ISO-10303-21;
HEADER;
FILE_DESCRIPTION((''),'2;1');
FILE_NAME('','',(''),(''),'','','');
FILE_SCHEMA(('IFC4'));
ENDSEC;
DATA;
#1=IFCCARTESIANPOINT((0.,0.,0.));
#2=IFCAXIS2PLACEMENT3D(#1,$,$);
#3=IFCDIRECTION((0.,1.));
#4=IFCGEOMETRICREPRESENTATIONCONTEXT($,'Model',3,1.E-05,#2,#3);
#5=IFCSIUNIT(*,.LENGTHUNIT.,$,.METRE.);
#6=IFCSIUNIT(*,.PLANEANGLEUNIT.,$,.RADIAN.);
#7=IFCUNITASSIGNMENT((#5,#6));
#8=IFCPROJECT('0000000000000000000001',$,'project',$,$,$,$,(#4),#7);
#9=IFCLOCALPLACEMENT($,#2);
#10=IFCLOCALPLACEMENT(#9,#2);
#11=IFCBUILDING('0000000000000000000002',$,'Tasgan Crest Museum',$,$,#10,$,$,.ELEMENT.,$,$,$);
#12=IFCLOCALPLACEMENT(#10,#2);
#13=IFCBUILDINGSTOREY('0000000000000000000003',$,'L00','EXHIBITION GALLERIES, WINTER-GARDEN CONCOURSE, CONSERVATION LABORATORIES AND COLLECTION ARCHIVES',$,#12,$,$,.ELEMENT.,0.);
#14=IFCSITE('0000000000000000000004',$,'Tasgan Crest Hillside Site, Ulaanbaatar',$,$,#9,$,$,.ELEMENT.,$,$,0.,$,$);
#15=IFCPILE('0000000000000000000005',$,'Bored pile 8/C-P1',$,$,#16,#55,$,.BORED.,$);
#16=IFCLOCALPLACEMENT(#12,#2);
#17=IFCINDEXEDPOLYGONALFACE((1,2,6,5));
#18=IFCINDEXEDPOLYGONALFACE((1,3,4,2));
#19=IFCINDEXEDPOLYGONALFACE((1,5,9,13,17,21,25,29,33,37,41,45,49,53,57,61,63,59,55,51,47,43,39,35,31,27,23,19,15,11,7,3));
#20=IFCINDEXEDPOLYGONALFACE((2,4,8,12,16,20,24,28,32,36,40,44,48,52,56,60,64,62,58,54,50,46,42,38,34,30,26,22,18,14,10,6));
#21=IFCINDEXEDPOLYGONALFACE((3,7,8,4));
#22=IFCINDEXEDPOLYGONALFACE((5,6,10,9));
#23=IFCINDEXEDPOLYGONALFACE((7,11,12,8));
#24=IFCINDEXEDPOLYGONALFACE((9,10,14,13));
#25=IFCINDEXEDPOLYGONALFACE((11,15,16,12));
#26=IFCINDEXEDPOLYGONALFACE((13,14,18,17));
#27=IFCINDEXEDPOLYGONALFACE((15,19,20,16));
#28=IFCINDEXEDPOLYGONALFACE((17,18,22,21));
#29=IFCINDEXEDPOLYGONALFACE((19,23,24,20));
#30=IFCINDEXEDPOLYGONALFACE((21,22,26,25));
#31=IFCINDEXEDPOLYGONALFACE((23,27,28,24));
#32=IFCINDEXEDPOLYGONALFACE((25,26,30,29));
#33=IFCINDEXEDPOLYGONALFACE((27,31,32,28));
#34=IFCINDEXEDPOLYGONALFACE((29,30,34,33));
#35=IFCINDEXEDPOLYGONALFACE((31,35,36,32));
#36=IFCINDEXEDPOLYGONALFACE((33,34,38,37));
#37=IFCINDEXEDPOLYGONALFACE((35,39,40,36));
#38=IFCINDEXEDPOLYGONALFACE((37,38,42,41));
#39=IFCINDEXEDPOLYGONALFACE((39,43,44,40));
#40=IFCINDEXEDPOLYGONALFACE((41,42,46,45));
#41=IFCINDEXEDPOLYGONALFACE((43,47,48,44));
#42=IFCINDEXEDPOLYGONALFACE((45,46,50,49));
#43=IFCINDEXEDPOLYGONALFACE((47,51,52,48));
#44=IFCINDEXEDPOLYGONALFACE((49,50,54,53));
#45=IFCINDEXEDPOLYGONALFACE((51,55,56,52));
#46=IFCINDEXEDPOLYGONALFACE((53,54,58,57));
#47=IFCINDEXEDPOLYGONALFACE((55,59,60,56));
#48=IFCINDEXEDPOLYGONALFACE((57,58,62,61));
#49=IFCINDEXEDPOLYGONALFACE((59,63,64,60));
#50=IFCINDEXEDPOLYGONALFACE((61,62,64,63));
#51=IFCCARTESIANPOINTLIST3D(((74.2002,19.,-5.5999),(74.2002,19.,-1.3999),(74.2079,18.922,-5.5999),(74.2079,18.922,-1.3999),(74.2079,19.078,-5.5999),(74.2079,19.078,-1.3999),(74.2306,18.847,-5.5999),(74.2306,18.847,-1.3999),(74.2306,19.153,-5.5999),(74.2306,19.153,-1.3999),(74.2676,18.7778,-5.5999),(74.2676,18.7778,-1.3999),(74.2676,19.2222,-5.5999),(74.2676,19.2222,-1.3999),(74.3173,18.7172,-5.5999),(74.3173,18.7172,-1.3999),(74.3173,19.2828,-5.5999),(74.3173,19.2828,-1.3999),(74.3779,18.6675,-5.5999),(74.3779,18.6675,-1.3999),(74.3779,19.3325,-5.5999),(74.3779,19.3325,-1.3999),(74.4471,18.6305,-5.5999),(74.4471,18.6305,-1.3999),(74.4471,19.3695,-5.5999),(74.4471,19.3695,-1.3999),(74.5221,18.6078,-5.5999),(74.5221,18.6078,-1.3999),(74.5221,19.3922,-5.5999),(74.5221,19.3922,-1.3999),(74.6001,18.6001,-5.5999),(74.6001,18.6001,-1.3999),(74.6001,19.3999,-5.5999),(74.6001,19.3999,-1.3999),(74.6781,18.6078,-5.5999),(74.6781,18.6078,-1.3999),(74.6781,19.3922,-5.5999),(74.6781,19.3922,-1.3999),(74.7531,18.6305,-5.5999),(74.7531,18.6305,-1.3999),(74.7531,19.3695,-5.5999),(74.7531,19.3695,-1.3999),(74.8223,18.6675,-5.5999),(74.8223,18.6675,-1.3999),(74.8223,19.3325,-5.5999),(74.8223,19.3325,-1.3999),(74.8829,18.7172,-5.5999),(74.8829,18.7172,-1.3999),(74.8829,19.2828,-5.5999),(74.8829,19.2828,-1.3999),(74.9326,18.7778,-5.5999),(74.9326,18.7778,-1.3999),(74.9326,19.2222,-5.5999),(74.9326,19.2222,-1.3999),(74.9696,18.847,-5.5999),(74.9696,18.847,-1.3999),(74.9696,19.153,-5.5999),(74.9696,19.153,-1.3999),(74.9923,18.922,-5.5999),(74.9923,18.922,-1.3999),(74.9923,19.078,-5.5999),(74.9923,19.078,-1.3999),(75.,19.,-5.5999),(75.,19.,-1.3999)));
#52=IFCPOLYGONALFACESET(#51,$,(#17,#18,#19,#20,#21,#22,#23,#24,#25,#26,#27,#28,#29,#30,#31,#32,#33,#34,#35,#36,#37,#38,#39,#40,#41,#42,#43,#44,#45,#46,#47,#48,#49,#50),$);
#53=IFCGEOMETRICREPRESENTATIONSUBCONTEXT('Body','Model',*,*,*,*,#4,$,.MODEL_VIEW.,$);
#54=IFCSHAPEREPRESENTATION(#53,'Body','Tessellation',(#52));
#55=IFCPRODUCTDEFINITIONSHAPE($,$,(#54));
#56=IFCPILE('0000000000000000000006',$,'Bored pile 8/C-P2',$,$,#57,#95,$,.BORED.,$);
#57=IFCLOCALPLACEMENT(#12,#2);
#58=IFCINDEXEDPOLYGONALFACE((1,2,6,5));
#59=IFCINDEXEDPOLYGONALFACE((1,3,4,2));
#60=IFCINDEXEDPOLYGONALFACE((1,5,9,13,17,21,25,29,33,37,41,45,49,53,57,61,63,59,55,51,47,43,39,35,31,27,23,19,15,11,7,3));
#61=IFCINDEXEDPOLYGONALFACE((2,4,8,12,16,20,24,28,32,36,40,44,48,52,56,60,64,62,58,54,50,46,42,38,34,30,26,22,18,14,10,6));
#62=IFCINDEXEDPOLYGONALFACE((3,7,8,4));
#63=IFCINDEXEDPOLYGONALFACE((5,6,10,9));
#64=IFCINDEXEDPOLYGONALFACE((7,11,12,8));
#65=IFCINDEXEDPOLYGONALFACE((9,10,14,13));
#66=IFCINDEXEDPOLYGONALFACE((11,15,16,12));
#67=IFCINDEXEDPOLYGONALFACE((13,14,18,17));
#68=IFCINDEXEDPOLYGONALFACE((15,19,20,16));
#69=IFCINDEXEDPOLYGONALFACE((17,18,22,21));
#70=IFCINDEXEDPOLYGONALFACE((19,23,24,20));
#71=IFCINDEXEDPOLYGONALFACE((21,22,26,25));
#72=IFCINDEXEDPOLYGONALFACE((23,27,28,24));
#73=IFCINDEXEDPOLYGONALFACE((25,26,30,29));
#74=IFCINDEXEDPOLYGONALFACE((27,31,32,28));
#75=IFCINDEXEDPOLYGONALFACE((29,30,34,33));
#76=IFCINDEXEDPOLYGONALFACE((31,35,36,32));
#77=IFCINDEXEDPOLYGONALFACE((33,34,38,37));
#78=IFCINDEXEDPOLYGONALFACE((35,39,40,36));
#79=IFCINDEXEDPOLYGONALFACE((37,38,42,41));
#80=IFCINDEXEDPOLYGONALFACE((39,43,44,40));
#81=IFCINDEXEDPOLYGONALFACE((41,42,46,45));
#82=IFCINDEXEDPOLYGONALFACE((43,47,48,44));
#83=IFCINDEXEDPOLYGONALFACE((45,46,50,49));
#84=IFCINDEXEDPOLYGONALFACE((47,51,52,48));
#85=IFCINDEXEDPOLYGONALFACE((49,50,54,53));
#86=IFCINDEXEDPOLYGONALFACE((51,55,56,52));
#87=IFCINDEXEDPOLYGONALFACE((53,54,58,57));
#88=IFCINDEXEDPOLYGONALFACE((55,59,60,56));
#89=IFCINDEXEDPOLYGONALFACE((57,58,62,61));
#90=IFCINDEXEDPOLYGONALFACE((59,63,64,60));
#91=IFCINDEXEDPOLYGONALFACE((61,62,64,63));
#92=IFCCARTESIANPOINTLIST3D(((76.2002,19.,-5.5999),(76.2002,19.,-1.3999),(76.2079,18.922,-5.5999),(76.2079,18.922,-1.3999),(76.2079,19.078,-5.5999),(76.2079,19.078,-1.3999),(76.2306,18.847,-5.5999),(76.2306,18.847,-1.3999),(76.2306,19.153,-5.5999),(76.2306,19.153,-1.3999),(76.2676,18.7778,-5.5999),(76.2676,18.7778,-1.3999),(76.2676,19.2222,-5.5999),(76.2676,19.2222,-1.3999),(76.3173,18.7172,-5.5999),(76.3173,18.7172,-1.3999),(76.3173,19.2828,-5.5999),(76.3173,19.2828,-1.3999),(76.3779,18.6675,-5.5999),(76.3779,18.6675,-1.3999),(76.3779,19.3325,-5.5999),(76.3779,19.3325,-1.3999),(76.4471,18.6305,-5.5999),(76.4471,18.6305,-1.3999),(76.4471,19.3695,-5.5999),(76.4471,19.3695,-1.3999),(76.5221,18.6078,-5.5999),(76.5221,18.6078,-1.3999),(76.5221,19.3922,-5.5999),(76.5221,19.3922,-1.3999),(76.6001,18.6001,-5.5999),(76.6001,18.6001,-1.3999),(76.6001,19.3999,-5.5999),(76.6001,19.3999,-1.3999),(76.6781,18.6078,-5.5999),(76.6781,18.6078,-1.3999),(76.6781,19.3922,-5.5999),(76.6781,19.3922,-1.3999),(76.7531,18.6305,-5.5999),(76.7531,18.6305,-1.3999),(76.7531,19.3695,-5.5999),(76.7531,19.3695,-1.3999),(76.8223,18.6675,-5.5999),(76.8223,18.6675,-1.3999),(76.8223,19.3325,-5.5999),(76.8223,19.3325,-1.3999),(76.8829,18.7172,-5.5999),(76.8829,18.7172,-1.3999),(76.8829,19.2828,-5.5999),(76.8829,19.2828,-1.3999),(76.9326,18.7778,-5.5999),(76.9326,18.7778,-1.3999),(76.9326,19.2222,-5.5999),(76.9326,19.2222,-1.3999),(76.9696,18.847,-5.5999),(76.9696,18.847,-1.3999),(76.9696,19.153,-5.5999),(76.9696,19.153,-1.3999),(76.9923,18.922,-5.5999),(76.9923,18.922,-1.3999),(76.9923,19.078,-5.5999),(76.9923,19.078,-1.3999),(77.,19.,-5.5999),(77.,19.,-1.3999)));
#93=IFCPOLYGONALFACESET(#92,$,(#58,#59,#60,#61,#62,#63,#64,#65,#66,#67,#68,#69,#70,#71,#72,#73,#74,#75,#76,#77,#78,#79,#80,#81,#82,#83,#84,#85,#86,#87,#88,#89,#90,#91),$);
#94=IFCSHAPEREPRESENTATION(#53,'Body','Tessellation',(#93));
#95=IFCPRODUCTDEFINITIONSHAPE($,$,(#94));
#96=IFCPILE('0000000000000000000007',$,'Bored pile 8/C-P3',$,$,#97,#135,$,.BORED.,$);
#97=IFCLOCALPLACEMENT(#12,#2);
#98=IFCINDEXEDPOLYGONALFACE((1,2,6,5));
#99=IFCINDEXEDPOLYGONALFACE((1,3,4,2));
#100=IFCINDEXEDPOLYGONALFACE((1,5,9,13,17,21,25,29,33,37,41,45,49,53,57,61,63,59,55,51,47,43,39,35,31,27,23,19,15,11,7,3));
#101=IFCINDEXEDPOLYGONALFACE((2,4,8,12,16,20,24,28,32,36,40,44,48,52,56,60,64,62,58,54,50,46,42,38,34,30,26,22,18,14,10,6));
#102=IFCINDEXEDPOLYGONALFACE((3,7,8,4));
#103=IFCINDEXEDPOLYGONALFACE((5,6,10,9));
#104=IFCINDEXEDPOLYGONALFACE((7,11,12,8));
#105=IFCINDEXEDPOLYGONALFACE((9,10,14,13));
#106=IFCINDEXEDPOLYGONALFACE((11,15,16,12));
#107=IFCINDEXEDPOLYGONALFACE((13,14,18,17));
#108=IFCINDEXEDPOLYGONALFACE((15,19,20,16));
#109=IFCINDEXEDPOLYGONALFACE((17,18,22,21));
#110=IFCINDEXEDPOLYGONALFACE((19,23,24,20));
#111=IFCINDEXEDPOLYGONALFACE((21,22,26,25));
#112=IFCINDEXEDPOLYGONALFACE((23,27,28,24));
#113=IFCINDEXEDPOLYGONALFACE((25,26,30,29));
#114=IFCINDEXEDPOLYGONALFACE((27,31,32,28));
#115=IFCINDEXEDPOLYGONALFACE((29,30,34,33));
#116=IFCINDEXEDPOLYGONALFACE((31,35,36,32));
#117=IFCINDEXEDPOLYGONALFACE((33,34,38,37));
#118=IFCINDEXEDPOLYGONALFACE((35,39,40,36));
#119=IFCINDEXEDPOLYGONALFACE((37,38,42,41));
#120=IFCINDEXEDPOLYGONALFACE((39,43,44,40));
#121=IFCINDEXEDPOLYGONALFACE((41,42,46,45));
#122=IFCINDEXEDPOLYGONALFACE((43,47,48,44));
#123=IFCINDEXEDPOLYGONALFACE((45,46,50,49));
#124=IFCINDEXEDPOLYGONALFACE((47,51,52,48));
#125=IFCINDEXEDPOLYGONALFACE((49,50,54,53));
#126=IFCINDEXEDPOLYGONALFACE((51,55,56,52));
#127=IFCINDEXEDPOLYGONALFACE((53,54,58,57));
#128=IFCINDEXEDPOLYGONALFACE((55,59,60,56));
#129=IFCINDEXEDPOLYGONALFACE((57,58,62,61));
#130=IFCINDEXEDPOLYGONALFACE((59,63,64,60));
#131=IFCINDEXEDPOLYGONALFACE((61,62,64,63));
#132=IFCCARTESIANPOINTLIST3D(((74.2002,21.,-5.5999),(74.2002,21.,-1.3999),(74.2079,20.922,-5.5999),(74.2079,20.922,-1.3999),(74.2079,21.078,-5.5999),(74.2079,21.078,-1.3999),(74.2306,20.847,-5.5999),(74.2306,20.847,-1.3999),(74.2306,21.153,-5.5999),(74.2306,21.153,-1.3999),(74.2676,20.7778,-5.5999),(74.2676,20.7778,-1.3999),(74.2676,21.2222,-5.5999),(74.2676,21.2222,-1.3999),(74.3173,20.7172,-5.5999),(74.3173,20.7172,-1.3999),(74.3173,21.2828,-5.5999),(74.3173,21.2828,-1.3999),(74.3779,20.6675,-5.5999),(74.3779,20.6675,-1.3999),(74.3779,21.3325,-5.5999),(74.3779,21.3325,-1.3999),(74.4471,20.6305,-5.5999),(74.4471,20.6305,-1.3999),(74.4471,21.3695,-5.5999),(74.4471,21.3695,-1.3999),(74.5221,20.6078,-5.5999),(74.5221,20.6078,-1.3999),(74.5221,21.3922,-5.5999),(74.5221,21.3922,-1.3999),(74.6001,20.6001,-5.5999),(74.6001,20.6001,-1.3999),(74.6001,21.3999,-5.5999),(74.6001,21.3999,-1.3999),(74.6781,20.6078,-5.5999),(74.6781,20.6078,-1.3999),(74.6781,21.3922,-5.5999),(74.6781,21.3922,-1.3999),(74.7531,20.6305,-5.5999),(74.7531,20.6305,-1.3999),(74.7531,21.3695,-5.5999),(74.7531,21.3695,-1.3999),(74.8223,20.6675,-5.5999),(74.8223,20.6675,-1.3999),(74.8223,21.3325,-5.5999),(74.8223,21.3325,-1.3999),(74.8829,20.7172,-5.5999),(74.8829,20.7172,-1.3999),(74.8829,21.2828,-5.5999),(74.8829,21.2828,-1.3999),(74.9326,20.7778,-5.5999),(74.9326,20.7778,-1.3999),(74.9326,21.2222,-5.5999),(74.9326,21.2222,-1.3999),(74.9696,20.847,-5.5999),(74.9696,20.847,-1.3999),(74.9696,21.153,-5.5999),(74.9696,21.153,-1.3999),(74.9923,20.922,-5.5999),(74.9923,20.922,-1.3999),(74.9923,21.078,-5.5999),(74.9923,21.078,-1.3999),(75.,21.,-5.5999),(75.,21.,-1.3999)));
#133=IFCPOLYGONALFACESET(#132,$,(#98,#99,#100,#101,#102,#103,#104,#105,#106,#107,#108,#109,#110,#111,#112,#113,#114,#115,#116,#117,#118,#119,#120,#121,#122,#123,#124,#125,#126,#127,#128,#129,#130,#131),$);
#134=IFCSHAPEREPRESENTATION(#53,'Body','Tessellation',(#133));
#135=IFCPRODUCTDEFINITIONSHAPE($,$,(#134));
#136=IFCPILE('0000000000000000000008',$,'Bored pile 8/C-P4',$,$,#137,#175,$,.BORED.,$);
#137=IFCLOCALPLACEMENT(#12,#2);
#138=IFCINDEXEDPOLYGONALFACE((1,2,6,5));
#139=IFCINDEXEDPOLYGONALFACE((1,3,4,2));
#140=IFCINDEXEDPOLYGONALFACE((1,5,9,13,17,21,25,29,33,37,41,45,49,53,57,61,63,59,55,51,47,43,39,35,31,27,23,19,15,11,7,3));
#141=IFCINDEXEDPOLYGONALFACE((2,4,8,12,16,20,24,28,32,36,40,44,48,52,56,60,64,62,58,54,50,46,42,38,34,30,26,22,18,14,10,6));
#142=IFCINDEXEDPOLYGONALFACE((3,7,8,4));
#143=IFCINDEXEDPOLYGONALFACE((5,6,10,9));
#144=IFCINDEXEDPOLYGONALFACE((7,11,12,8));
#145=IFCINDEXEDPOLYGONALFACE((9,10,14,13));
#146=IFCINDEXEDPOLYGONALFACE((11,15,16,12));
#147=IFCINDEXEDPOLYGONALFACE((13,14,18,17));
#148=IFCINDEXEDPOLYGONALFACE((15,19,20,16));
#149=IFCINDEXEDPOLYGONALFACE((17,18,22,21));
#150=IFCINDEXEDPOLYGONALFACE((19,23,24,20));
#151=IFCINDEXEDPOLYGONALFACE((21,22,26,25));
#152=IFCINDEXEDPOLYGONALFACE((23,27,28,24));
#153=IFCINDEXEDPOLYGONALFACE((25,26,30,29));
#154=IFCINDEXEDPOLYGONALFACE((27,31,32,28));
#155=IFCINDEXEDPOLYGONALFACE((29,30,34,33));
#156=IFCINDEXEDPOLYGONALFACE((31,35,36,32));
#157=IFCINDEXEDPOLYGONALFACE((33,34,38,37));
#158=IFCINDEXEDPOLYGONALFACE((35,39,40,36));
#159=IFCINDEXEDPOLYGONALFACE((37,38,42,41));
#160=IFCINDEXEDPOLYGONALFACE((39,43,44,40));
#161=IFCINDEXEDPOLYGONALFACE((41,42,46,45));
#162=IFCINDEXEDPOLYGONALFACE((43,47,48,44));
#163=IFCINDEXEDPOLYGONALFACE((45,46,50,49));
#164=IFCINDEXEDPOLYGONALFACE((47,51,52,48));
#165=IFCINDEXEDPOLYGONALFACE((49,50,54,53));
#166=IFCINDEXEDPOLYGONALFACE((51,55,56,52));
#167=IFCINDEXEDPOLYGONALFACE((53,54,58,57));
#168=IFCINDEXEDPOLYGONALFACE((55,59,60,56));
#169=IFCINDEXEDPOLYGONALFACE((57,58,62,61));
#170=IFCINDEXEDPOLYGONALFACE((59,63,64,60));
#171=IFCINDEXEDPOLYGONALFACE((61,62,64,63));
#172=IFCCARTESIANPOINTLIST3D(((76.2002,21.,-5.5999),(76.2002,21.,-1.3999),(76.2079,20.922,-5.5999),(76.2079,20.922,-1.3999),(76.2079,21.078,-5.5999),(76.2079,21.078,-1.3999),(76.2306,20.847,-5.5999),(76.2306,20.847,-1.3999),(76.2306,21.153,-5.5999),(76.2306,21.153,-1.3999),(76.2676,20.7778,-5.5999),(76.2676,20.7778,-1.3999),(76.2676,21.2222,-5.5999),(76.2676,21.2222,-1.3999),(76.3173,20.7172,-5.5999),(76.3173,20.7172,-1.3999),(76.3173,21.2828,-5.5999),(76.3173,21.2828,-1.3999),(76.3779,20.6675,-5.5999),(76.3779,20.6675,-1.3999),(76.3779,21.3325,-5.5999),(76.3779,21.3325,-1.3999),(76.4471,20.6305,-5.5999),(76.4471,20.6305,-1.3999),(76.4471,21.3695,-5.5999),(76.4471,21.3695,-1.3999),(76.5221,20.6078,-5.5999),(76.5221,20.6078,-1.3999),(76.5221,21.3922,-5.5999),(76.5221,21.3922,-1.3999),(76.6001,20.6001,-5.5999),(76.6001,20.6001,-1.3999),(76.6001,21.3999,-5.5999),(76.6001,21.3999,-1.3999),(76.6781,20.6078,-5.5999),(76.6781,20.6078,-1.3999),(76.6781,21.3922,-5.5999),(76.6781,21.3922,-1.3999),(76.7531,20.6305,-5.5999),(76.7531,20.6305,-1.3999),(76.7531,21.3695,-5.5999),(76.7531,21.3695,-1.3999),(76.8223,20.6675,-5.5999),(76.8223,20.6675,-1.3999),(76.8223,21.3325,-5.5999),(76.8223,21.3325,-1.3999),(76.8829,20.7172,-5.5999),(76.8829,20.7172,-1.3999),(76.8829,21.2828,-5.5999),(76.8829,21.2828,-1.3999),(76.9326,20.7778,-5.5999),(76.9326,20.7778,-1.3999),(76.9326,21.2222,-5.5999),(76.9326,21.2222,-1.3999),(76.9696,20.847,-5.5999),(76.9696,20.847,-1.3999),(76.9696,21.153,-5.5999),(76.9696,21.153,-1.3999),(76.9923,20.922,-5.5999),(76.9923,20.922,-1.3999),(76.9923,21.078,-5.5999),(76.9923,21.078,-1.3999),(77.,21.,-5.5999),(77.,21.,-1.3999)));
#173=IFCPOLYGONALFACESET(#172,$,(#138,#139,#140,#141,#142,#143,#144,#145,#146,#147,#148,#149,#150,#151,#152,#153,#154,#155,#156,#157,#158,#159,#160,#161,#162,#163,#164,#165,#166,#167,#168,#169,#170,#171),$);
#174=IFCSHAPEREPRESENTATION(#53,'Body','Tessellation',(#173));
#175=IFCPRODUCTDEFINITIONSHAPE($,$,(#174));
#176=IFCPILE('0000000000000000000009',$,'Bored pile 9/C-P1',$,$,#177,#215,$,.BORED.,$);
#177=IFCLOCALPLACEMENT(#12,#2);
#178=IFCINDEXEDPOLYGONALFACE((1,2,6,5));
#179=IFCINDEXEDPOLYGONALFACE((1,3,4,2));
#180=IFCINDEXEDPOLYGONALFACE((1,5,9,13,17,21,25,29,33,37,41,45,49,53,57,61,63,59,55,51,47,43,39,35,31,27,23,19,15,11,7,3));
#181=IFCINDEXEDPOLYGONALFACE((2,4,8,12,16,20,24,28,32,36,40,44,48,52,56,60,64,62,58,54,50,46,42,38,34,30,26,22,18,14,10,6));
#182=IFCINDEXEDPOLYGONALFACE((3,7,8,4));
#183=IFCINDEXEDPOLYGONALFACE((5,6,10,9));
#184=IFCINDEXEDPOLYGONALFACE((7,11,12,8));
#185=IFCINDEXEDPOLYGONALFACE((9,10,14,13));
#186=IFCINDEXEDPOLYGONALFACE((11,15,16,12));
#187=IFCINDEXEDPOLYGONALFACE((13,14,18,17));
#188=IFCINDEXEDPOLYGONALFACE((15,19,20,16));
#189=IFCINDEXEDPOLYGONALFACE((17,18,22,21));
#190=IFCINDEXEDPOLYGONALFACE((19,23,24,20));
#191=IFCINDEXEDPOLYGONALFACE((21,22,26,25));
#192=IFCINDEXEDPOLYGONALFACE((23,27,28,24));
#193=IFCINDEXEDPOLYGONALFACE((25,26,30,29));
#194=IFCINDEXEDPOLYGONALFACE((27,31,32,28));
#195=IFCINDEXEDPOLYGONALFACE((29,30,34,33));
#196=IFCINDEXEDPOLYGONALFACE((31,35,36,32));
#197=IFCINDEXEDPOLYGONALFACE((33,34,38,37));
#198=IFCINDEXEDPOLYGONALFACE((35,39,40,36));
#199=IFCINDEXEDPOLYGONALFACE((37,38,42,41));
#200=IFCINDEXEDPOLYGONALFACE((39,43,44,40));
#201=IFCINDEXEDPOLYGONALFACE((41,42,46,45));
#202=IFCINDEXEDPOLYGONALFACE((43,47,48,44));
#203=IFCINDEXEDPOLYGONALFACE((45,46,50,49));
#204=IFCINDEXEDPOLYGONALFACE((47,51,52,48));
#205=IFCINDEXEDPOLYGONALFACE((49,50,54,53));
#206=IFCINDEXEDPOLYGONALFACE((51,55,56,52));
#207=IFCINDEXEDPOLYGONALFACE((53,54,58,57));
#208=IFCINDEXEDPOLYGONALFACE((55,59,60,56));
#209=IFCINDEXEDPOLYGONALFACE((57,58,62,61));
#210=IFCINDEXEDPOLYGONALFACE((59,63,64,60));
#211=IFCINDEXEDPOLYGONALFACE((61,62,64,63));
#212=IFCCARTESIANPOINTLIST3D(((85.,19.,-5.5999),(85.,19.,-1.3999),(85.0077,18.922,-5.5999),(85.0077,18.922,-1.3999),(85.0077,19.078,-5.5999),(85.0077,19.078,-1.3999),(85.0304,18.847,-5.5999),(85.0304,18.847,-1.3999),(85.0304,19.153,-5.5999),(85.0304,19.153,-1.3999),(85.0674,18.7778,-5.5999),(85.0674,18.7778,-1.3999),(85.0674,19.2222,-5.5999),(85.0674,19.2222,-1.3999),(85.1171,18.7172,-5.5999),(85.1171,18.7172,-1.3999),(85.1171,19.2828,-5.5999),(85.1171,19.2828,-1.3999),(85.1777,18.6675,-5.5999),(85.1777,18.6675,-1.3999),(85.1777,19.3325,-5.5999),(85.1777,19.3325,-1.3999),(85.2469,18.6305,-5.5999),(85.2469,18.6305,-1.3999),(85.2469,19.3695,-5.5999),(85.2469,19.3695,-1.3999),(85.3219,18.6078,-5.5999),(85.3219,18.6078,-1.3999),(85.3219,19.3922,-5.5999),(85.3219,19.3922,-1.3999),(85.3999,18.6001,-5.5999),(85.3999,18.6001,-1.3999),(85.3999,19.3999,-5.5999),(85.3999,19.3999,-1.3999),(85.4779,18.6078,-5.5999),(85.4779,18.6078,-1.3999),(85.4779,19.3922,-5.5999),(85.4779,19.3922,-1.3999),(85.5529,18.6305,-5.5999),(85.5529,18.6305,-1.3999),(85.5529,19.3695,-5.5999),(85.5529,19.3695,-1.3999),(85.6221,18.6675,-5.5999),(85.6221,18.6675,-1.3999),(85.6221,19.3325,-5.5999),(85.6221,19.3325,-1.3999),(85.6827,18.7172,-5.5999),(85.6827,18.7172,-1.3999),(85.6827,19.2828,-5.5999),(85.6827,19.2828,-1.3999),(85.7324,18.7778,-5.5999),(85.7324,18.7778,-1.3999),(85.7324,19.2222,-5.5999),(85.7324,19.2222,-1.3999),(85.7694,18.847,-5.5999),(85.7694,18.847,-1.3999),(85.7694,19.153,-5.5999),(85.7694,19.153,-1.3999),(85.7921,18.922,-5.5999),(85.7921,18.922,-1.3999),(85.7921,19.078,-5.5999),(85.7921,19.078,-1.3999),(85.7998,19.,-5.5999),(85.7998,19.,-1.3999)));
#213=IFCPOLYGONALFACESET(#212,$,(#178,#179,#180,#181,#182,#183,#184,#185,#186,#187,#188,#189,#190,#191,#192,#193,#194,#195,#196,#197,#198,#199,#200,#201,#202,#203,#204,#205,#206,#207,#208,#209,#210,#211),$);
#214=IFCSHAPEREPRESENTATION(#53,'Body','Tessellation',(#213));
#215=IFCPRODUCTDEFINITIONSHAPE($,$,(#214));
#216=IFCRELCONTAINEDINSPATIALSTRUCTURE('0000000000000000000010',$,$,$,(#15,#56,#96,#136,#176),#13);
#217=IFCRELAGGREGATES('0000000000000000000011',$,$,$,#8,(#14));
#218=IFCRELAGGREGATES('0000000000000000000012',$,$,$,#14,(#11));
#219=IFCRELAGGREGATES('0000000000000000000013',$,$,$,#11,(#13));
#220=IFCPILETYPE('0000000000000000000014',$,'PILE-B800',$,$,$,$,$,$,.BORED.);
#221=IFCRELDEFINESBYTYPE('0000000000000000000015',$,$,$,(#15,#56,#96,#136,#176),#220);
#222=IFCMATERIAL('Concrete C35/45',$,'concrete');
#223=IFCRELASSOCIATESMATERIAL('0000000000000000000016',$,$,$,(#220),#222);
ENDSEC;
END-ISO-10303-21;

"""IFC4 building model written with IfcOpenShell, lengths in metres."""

from ifc_helpers import new_model, si_unit, direction, frame, origin, origin_2d, place, context, subcontext, project, spatial, circle, extrude, material, material_profile, profile_set, type_object, element, save


model = new_model("IFC4")

# Units and contexts
model_context = context("Model", 3, precision=1e-05, world=origin(), true_north=direction((0.0, 1.0)))
body_context = subcontext(model_context, "Body", "Model", "MODEL_VIEW")
ifc_project = project(units=[si_unit("LENGTHUNIT", "METRE"), si_unit("PLANEANGLEUNIT", "RADIAN")], contexts=[model_context])

# Site, building, storey
site_placement = place(None, origin())
site = spatial("IfcSite", under=ifc_project, at=site_placement, Name="Tasgan Crest Hillside Site, Ulaanbaatar", CompositionType="ELEMENT", RefElevation=0.0)
building_placement = place(site_placement, origin())
building = spatial("IfcBuilding", under=site, at=building_placement, Name="Tasgan Crest Museum", CompositionType="ELEMENT")
storey_placement = place(building_placement, origin())
storey = spatial("IfcBuildingStorey", under=building, at=storey_placement, Name="L00", Description="EXHIBITION GALLERIES, WINTER-GARDEN CONCOURSE, CONSERVATION LABORATORIES AND COLLECTION ARCHIVES", CompositionType="ELEMENT", Elevation=0.0)

# Piles
ifc_material_1 = material(Name="Concrete C35/45", Category="concrete")
ifc_material_profile_1 = material_profile(ifc_material_1, circle(Radius=0.3999, at=origin_2d()), Name="PILE D800")
ifc_profile_set_1 = profile_set([ifc_material_profile_1], Name="Concrete C35/45")
pile_type_1 = type_object("IfcPileType", Name="PILE-B800", PredefinedType="BORED", material=ifc_profile_set_1)
for number, where, z_axis, x_axis, name in (
    (1, (74.6001, 19.0, -1.3999), (0.0, 0.0, -1.0), (1.0, 0.0, 0.0), "Bored pile 8/C-P1"),
    (2, (76.6001, 19.0, -1.3999), (0.0, 0.0, -1.0), (1.0, 0.0, 0.0), "Bored pile 8/C-P2"),
    (3, (74.6001, 21.0, -1.3999), (0.0, 0.0, -1.0), (1.0, 0.0, 0.0), "Bored pile 8/C-P3"),
    (4, (76.6001, 21.0, -1.3999), (0.0, 0.0, -1.0), (1.0, 0.0, 0.0), "Bored pile 8/C-P4"),
    (5, (85.3999, 19.0, -1.3999), (0.0, 0.0, -1.0), (1.0, 0.0, 0.0), "Bored pile 9/C-P1"),
):
    element("IfcPile", number, at=place(storey_placement, frame(where, z_axis=z_axis, x_axis=x_axis)), inside=storey, type_object=pile_type_1, Name=name, PredefinedType="BORED", context=body_context, shape_type="SweptSolid", body=[
        extrude(circle(Radius=0.3999, at=origin_2d()), origin(), (0.0, 0.0, 1.0), 4.2),
    ])

save(model, "model.ifc")
